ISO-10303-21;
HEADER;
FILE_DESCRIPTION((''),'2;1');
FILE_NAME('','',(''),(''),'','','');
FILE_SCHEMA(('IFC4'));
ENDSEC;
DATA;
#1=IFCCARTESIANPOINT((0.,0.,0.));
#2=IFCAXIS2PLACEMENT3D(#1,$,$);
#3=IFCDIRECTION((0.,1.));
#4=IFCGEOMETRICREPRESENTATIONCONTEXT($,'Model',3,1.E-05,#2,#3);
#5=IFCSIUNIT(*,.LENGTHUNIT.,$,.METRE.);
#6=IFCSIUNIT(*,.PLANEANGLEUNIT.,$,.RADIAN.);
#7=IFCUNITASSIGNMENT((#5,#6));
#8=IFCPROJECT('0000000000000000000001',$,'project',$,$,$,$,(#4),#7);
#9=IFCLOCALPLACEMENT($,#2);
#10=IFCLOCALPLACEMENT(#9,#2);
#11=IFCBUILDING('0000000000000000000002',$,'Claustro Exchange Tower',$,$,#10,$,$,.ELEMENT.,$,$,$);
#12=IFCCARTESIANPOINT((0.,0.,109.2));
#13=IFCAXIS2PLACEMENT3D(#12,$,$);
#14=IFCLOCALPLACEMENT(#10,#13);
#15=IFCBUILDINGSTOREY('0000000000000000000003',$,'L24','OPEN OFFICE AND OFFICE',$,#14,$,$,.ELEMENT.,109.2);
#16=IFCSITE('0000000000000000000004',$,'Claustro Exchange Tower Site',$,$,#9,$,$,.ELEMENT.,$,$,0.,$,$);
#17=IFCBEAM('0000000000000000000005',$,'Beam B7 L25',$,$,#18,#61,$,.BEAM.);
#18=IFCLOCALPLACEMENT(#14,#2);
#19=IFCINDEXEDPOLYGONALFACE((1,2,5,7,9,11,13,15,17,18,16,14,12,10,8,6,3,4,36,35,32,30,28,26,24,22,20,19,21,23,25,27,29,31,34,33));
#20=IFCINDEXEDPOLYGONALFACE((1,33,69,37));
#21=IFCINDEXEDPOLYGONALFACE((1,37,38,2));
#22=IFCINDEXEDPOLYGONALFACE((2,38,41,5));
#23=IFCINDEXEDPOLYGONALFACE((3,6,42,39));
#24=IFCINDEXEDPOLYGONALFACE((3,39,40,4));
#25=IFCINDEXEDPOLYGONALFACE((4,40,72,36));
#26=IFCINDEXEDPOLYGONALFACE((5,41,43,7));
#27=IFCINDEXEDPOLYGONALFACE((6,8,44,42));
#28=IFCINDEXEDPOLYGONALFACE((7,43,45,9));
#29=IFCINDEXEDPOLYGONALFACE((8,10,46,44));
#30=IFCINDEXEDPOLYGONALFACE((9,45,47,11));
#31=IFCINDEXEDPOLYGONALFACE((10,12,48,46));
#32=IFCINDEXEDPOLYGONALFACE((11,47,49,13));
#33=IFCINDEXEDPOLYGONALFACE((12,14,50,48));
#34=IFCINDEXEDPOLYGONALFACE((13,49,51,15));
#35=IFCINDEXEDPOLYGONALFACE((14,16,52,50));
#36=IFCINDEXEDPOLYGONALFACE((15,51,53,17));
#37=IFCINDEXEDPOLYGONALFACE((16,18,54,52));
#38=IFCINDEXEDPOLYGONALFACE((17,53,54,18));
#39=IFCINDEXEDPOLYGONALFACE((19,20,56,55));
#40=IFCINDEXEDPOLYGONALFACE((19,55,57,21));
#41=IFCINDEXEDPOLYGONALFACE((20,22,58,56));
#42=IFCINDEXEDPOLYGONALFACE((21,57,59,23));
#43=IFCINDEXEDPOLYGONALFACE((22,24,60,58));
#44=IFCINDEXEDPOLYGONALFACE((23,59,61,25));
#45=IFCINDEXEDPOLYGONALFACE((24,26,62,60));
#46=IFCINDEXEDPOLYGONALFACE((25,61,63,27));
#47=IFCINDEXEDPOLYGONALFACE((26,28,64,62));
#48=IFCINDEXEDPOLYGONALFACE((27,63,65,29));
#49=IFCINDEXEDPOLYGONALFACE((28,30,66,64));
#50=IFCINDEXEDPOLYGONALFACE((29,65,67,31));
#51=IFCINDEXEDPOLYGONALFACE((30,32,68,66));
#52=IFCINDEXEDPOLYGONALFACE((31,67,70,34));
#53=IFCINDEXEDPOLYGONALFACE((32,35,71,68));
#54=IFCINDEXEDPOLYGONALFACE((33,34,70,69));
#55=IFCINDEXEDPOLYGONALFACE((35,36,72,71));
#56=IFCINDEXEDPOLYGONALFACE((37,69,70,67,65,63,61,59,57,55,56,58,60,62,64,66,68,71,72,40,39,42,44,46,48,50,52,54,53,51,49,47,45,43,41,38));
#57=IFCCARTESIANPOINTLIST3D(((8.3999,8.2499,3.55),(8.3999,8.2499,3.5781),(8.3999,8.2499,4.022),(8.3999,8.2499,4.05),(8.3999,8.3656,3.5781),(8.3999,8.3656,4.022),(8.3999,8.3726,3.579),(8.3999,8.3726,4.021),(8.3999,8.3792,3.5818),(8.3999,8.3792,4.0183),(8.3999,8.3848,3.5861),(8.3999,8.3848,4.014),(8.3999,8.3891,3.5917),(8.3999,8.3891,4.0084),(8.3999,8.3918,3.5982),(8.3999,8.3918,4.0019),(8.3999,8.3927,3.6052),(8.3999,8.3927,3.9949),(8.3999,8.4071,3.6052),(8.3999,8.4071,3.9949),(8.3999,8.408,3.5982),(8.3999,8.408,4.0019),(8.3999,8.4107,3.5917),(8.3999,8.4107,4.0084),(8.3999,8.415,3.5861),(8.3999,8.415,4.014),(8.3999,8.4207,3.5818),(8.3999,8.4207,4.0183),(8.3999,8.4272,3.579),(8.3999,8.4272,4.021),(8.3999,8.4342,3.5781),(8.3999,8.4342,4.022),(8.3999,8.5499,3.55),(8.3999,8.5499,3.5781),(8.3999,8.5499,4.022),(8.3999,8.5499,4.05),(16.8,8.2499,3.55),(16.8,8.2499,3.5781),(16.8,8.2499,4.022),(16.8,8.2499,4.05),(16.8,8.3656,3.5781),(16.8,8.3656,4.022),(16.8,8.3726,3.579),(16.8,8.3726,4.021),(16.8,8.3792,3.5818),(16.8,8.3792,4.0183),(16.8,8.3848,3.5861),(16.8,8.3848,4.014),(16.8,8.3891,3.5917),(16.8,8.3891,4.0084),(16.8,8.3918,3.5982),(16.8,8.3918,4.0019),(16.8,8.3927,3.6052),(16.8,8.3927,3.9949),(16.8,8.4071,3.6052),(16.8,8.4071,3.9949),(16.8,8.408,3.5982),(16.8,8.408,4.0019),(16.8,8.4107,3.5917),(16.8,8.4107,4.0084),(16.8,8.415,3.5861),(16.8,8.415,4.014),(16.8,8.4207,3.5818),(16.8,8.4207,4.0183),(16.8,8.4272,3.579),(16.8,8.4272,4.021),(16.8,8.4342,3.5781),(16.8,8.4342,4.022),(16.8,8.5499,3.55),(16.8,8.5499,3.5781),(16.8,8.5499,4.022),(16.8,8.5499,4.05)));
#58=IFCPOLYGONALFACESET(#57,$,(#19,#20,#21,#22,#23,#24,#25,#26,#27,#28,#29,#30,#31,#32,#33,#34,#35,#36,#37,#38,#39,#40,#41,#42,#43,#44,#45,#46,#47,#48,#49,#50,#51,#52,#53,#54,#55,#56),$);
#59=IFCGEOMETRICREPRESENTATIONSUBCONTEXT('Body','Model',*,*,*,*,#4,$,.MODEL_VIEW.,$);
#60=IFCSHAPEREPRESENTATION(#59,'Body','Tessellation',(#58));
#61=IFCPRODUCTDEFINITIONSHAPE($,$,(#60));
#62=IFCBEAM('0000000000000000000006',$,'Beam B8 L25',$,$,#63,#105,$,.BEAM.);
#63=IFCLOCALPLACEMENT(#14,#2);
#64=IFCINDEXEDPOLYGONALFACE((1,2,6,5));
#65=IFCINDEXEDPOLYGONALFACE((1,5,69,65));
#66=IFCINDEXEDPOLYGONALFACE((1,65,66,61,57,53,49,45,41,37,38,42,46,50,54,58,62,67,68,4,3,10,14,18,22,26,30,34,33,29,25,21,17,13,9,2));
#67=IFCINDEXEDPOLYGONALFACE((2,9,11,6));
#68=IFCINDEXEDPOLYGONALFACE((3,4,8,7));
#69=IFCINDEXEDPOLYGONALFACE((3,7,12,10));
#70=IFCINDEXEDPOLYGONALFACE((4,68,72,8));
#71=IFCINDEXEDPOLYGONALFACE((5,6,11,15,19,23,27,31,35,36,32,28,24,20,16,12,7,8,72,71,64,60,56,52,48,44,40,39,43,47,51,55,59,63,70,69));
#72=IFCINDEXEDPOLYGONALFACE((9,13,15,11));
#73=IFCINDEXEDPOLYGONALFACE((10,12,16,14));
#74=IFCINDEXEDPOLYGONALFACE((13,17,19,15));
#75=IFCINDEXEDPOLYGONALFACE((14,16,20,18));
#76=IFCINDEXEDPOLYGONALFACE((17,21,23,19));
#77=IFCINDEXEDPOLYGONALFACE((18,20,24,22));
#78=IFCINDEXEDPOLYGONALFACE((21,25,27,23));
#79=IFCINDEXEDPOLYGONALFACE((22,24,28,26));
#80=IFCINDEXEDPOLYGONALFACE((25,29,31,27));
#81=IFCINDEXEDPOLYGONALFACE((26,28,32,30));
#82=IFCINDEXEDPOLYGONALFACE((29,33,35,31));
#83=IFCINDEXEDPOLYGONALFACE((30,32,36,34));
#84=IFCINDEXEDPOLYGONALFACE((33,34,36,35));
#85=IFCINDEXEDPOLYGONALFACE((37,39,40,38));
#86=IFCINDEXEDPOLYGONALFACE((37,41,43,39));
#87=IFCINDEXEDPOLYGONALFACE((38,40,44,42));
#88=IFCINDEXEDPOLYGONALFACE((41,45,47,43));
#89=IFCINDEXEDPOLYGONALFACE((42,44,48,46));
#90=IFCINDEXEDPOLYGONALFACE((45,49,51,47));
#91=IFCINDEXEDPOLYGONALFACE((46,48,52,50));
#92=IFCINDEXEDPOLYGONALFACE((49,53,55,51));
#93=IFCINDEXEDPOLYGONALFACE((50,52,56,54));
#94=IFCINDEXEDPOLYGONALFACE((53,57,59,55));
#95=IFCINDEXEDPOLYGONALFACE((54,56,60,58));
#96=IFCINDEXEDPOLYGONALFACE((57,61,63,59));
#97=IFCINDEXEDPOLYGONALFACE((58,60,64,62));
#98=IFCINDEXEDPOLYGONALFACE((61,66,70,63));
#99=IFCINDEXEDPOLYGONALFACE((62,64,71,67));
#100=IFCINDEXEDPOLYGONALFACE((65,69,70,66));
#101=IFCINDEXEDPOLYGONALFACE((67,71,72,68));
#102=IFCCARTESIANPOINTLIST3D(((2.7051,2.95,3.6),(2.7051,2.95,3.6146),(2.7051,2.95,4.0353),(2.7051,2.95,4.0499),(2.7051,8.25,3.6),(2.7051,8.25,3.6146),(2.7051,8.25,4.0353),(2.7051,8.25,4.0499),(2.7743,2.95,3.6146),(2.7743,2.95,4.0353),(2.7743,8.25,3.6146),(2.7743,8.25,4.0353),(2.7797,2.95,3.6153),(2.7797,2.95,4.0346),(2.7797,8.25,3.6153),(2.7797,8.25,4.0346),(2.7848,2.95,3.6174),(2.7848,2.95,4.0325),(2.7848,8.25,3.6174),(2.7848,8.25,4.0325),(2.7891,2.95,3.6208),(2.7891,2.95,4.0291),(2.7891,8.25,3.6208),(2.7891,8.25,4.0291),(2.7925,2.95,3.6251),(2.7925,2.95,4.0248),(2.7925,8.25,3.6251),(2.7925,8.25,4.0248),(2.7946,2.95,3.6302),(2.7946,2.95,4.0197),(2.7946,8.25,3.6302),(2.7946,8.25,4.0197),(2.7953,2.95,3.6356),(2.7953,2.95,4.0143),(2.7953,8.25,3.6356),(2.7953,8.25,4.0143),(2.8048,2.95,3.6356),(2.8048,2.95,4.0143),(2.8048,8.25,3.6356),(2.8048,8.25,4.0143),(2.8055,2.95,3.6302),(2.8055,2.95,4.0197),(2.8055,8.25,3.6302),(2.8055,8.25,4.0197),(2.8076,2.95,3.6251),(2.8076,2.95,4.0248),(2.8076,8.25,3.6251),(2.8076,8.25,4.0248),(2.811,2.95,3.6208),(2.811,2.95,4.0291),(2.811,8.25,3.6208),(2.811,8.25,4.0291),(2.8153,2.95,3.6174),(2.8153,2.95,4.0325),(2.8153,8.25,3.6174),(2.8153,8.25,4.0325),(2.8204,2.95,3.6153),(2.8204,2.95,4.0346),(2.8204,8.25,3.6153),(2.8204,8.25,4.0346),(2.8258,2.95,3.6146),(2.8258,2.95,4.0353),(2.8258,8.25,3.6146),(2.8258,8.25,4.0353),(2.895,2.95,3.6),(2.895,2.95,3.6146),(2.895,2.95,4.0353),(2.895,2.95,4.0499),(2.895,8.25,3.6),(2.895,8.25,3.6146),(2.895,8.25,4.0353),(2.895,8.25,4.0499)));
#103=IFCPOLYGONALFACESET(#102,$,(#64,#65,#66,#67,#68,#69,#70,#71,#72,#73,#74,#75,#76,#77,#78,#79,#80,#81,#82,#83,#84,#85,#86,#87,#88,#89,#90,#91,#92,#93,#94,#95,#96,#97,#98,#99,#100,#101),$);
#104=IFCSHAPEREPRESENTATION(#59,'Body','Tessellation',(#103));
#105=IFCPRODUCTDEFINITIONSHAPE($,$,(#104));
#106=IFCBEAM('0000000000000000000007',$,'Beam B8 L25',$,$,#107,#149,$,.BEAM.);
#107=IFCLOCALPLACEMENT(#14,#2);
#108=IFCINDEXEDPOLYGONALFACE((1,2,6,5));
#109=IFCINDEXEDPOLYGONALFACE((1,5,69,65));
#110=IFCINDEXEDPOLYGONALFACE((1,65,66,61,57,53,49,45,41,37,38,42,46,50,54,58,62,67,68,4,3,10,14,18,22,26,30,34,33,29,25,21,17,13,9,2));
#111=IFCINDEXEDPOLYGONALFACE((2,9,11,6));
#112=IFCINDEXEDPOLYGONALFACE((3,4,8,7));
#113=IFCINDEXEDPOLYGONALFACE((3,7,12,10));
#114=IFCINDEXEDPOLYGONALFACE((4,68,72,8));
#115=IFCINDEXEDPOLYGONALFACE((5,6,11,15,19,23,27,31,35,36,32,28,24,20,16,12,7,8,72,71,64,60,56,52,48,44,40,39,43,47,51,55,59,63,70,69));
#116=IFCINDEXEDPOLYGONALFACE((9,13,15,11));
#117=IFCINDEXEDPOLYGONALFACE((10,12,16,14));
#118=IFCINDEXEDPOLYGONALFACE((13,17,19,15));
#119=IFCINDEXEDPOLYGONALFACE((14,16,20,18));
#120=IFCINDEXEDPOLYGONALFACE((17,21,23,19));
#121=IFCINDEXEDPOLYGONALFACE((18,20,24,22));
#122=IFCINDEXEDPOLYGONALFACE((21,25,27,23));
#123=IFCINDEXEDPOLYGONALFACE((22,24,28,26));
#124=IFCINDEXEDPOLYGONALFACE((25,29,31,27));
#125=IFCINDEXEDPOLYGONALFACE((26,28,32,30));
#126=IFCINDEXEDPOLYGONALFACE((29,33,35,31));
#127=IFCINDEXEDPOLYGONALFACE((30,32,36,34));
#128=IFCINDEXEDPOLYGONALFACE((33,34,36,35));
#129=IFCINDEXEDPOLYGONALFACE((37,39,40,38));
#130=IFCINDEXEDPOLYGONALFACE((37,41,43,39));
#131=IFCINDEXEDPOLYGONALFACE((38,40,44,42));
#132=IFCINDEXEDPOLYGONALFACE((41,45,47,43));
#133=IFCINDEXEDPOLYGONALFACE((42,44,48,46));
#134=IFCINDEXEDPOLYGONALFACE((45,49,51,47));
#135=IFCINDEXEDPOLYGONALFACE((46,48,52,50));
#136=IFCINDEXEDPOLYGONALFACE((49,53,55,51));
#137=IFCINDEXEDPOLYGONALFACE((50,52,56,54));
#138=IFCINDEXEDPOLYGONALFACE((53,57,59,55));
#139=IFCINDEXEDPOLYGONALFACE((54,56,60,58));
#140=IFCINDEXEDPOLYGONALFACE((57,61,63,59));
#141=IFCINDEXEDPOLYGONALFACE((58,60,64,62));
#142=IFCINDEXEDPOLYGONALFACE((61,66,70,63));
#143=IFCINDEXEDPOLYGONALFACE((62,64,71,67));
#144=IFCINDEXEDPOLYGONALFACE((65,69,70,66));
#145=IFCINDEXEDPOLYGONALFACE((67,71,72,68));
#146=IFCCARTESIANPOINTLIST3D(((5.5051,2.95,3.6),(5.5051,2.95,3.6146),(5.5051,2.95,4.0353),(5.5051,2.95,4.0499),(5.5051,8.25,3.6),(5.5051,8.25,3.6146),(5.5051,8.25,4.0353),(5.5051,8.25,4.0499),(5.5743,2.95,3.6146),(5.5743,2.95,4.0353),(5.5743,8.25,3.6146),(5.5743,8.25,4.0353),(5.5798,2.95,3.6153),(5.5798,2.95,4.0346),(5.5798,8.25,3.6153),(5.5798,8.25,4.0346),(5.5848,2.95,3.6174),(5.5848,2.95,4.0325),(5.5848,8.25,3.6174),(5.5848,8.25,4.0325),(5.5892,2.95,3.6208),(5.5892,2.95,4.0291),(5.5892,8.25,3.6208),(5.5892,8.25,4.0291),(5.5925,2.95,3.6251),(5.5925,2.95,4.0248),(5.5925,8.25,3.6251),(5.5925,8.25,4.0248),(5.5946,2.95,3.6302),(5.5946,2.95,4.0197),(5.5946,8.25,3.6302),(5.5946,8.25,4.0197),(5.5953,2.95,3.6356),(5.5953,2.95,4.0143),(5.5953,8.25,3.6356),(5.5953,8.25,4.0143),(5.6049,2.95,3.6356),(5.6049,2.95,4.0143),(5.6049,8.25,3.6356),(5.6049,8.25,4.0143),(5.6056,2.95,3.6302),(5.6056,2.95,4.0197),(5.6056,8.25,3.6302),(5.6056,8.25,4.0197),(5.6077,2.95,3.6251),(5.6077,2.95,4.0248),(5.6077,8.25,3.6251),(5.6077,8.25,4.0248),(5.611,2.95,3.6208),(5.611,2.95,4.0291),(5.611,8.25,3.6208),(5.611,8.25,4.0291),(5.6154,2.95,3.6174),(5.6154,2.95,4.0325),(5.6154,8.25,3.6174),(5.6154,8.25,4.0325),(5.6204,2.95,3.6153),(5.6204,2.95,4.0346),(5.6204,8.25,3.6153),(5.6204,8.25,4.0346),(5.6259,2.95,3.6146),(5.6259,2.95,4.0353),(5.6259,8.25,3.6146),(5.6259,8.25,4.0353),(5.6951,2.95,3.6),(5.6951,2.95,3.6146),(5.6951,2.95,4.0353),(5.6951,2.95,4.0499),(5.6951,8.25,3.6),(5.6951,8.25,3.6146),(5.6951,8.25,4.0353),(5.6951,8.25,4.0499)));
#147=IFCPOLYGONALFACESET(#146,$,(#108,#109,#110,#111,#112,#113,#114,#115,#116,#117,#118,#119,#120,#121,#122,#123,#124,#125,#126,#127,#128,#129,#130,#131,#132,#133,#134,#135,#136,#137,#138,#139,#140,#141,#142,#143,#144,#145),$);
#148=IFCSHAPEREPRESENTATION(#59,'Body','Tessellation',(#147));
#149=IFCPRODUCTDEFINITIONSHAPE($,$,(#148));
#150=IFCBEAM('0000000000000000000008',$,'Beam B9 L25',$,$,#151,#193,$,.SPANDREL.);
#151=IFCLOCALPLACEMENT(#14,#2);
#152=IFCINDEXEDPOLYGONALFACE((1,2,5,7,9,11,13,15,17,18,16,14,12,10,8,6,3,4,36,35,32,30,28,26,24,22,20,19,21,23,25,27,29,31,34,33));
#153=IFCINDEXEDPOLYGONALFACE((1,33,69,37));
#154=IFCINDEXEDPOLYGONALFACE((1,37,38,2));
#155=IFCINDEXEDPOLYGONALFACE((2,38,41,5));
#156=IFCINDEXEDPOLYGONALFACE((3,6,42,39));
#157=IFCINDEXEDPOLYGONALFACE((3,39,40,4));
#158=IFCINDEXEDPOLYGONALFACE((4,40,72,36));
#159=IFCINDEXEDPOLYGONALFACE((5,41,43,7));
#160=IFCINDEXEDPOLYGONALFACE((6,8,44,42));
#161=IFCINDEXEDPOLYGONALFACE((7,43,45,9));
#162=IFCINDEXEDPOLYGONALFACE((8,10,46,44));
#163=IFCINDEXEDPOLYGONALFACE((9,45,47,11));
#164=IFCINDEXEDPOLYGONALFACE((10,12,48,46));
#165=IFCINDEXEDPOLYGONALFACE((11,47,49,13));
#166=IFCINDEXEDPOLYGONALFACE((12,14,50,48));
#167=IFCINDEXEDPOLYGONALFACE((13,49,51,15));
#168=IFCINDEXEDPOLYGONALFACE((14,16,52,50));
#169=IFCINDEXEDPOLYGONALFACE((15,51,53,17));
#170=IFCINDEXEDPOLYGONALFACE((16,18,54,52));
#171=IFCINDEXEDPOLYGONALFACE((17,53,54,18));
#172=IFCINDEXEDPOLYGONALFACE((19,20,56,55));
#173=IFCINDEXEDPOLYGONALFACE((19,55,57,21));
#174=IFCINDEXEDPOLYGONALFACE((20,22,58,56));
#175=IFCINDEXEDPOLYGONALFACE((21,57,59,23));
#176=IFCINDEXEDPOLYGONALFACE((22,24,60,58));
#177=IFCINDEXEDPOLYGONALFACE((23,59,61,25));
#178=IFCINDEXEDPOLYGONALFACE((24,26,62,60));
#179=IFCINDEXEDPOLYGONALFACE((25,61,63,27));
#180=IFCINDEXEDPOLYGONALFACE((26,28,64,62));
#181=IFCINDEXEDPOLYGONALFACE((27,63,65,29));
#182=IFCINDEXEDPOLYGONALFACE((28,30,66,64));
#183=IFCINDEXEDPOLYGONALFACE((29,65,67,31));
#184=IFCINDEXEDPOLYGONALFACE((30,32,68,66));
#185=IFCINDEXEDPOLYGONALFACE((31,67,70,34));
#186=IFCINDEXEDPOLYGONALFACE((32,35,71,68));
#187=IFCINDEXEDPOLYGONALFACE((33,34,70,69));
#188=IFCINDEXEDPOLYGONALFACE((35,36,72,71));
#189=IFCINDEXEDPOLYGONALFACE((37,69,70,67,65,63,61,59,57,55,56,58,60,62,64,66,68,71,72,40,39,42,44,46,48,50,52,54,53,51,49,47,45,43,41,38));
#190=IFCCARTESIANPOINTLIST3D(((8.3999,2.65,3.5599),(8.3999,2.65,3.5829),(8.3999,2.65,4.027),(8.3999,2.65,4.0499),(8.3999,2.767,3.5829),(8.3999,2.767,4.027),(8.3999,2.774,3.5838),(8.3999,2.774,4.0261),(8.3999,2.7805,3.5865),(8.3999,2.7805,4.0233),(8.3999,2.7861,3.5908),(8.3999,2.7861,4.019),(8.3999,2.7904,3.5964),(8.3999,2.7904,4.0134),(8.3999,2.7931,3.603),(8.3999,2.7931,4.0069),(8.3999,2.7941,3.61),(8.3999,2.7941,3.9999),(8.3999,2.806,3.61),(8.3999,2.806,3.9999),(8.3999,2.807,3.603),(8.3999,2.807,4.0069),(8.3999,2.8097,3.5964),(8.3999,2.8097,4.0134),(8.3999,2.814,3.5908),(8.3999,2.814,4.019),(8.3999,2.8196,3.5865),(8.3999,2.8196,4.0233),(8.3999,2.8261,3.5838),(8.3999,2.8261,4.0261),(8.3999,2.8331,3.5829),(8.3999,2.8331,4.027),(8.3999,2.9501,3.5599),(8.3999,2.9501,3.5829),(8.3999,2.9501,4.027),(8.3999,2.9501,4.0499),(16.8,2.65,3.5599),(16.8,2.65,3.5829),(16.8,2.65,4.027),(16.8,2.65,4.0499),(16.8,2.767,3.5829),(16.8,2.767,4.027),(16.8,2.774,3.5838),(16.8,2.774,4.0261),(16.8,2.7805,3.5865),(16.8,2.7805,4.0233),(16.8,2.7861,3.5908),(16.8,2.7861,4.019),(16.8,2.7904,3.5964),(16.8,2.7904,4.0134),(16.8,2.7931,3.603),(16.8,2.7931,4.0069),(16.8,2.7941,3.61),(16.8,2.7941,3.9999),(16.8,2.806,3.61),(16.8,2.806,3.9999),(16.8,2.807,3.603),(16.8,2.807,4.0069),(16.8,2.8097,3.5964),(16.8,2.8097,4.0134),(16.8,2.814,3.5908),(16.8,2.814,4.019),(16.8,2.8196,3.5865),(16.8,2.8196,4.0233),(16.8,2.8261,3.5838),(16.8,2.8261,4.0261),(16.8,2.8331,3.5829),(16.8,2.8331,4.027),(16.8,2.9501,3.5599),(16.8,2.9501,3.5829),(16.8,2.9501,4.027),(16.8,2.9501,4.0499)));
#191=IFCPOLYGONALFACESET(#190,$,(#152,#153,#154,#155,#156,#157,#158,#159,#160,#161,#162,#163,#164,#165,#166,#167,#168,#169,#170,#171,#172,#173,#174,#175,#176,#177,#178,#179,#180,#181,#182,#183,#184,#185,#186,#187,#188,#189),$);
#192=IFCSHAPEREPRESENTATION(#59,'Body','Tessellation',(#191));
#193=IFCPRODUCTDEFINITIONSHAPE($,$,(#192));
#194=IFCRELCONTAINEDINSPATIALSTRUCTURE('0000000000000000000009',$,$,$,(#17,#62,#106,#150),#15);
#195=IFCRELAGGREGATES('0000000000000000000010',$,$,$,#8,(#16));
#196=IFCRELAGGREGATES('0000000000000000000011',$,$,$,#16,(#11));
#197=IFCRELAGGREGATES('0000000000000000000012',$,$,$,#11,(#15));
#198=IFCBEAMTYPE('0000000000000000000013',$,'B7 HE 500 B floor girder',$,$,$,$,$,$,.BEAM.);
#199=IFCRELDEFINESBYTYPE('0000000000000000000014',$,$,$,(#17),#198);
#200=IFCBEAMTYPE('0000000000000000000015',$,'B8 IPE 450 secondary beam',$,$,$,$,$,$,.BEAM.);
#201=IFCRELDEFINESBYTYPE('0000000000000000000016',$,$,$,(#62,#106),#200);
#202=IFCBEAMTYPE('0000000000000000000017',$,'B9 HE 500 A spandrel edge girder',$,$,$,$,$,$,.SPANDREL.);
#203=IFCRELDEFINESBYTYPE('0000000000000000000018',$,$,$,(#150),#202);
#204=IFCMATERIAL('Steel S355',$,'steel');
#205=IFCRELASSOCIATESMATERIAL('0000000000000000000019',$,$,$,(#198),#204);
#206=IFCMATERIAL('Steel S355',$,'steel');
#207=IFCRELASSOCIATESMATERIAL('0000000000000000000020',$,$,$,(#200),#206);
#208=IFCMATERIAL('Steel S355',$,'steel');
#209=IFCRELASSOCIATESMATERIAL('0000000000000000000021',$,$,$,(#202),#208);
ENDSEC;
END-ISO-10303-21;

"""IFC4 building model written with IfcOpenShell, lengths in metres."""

from ifc_helpers import new_model, si_unit, direction, frame, origin, origin_2d, place, context, subcontext, project, spatial, i_section, extrude, material, material_profile, profile_set, type_object, element, save


model = new_model("IFC4")

# Units and contexts
model_context = context("Model", 3, precision=1e-05, world=origin(), true_north=direction((0.0, 1.0)))
body_context = subcontext(model_context, "Body", "Model", "MODEL_VIEW")
ifc_project = project(units=[si_unit("LENGTHUNIT", "METRE"), si_unit("PLANEANGLEUNIT", "RADIAN")], contexts=[model_context])

# Site, building, storey
site_placement = place(None, origin())
site = spatial("IfcSite", under=ifc_project, at=site_placement, Name="Claustro Exchange Tower Site", CompositionType="ELEMENT", RefElevation=0.0)
building_placement = place(site_placement, origin())
building = spatial("IfcBuilding", under=site, at=building_placement, Name="Claustro Exchange Tower", CompositionType="ELEMENT")
storey_placement = place(building_placement, frame((0.0, 0.0, 109.2)))
storey = spatial("IfcBuildingStorey", under=building, at=storey_placement, Name="L24", Description="OPEN OFFICE AND OFFICE", CompositionType="ELEMENT", Elevation=109.2)

# Beams
ifc_material_1 = material(Name="Steel S355", Category="steel")
ifc_material_profile_1 = material_profile(ifc_material_1, i_section(OverallWidth=0.3, OverallDepth=0.5, WebThickness=0.0144, FlangeThickness=0.0281, FilletRadius=0.0271, at=origin_2d()), Name="HE 500 B")
ifc_profile_set_1 = profile_set([ifc_material_profile_1], Name="Steel S355")
beam_type_1 = type_object("IfcBeamType", Name="B7 HE 500 B floor girder", PredefinedType="BEAM", material=ifc_profile_set_1)
beam_1_placement = place(storey_placement, frame((8.3999, 8.3999, 3.8), z_axis=(1.0, 0.0, 0.0), x_axis=(0.0, 1.0, 0.0)))
element("IfcBeam", 1, at=beam_1_placement, inside=storey, type_object=beam_type_1, Name="Beam B7 L25", PredefinedType="BEAM", context=body_context, shape_type="SweptSolid", body=[
    extrude(i_section(OverallWidth=0.3, OverallDepth=0.5, WebThickness=0.0144, FlangeThickness=0.0281, FilletRadius=0.0271, at=origin_2d()), origin(), (0.0, 0.0, 1.0), 8.4001),
])
ifc_material_2 = material(Name="Steel S355", Category="steel")
ifc_material_profile_2 = material_profile(ifc_material_2, i_section(OverallWidth=0.1899, OverallDepth=0.45, WebThickness=0.0095, FlangeThickness=0.0146, FilletRadius=0.021, at=origin_2d()), Name="IPE 450")
ifc_profile_set_2 = profile_set([ifc_material_profile_2], Name="Steel S355")
beam_type_2 = type_object("IfcBeamType", Name="B8 IPE 450 secondary beam", PredefinedType="BEAM", material=ifc_profile_set_2)
for number, where, z_axis, x_axis, name in (
    (2, (2.8, 2.95, 3.825), (0.0, 1.0, 0.0), (-1.0, 0.0, 0.0), "Beam B8 L25"),
    (3, (5.6001, 2.95, 3.825), (0.0, 1.0, 0.0), (-1.0, 0.0, 0.0), "Beam B8 L25"),
):
    element("IfcBeam", number, at=place(storey_placement, frame(where, z_axis=z_axis, x_axis=x_axis)), inside=storey, type_object=beam_type_2, Name=name, PredefinedType="BEAM", context=body_context, shape_type="SweptSolid", body=[
        extrude(i_section(OverallWidth=0.1899, OverallDepth=0.45, WebThickness=0.0095, FlangeThickness=0.0146, FilletRadius=0.021, at=origin_2d()), origin(), (0.0, 0.0, 1.0), 5.3),
    ])
ifc_material_3 = material(Name="Steel S355", Category="steel")
ifc_material_profile_3 = material_profile(ifc_material_3, i_section(OverallWidth=0.3, OverallDepth=0.49, WebThickness=0.012, FlangeThickness=0.0229, FilletRadius=0.0271, at=origin_2d()), Name="HE 500 A")
ifc_profile_set_3 = profile_set([ifc_material_profile_3], Name="Steel S355")
beam_type_3 = type_object("IfcBeamType", Name="B9 HE 500 A spandrel edge girder", PredefinedType="SPANDREL", material=ifc_profile_set_3)
beam_2_placement = place(storey_placement, frame((8.3999, 2.8, 3.8049), z_axis=(1.0, 0.0, 0.0), x_axis=(0.0, 1.0, 0.0)))
element("IfcBeam", 4, at=beam_2_placement, inside=storey, type_object=beam_type_3, Name="Beam B9 L25", PredefinedType="SPANDREL", context=body_context, shape_type="SweptSolid", body=[
    extrude(i_section(OverallWidth=0.3, OverallDepth=0.49, WebThickness=0.012, FlangeThickness=0.0229, FilletRadius=0.0271, at=origin_2d()), origin(), (0.0, 0.0, 1.0), 8.4001),
])

save(model, "model.ifc")
